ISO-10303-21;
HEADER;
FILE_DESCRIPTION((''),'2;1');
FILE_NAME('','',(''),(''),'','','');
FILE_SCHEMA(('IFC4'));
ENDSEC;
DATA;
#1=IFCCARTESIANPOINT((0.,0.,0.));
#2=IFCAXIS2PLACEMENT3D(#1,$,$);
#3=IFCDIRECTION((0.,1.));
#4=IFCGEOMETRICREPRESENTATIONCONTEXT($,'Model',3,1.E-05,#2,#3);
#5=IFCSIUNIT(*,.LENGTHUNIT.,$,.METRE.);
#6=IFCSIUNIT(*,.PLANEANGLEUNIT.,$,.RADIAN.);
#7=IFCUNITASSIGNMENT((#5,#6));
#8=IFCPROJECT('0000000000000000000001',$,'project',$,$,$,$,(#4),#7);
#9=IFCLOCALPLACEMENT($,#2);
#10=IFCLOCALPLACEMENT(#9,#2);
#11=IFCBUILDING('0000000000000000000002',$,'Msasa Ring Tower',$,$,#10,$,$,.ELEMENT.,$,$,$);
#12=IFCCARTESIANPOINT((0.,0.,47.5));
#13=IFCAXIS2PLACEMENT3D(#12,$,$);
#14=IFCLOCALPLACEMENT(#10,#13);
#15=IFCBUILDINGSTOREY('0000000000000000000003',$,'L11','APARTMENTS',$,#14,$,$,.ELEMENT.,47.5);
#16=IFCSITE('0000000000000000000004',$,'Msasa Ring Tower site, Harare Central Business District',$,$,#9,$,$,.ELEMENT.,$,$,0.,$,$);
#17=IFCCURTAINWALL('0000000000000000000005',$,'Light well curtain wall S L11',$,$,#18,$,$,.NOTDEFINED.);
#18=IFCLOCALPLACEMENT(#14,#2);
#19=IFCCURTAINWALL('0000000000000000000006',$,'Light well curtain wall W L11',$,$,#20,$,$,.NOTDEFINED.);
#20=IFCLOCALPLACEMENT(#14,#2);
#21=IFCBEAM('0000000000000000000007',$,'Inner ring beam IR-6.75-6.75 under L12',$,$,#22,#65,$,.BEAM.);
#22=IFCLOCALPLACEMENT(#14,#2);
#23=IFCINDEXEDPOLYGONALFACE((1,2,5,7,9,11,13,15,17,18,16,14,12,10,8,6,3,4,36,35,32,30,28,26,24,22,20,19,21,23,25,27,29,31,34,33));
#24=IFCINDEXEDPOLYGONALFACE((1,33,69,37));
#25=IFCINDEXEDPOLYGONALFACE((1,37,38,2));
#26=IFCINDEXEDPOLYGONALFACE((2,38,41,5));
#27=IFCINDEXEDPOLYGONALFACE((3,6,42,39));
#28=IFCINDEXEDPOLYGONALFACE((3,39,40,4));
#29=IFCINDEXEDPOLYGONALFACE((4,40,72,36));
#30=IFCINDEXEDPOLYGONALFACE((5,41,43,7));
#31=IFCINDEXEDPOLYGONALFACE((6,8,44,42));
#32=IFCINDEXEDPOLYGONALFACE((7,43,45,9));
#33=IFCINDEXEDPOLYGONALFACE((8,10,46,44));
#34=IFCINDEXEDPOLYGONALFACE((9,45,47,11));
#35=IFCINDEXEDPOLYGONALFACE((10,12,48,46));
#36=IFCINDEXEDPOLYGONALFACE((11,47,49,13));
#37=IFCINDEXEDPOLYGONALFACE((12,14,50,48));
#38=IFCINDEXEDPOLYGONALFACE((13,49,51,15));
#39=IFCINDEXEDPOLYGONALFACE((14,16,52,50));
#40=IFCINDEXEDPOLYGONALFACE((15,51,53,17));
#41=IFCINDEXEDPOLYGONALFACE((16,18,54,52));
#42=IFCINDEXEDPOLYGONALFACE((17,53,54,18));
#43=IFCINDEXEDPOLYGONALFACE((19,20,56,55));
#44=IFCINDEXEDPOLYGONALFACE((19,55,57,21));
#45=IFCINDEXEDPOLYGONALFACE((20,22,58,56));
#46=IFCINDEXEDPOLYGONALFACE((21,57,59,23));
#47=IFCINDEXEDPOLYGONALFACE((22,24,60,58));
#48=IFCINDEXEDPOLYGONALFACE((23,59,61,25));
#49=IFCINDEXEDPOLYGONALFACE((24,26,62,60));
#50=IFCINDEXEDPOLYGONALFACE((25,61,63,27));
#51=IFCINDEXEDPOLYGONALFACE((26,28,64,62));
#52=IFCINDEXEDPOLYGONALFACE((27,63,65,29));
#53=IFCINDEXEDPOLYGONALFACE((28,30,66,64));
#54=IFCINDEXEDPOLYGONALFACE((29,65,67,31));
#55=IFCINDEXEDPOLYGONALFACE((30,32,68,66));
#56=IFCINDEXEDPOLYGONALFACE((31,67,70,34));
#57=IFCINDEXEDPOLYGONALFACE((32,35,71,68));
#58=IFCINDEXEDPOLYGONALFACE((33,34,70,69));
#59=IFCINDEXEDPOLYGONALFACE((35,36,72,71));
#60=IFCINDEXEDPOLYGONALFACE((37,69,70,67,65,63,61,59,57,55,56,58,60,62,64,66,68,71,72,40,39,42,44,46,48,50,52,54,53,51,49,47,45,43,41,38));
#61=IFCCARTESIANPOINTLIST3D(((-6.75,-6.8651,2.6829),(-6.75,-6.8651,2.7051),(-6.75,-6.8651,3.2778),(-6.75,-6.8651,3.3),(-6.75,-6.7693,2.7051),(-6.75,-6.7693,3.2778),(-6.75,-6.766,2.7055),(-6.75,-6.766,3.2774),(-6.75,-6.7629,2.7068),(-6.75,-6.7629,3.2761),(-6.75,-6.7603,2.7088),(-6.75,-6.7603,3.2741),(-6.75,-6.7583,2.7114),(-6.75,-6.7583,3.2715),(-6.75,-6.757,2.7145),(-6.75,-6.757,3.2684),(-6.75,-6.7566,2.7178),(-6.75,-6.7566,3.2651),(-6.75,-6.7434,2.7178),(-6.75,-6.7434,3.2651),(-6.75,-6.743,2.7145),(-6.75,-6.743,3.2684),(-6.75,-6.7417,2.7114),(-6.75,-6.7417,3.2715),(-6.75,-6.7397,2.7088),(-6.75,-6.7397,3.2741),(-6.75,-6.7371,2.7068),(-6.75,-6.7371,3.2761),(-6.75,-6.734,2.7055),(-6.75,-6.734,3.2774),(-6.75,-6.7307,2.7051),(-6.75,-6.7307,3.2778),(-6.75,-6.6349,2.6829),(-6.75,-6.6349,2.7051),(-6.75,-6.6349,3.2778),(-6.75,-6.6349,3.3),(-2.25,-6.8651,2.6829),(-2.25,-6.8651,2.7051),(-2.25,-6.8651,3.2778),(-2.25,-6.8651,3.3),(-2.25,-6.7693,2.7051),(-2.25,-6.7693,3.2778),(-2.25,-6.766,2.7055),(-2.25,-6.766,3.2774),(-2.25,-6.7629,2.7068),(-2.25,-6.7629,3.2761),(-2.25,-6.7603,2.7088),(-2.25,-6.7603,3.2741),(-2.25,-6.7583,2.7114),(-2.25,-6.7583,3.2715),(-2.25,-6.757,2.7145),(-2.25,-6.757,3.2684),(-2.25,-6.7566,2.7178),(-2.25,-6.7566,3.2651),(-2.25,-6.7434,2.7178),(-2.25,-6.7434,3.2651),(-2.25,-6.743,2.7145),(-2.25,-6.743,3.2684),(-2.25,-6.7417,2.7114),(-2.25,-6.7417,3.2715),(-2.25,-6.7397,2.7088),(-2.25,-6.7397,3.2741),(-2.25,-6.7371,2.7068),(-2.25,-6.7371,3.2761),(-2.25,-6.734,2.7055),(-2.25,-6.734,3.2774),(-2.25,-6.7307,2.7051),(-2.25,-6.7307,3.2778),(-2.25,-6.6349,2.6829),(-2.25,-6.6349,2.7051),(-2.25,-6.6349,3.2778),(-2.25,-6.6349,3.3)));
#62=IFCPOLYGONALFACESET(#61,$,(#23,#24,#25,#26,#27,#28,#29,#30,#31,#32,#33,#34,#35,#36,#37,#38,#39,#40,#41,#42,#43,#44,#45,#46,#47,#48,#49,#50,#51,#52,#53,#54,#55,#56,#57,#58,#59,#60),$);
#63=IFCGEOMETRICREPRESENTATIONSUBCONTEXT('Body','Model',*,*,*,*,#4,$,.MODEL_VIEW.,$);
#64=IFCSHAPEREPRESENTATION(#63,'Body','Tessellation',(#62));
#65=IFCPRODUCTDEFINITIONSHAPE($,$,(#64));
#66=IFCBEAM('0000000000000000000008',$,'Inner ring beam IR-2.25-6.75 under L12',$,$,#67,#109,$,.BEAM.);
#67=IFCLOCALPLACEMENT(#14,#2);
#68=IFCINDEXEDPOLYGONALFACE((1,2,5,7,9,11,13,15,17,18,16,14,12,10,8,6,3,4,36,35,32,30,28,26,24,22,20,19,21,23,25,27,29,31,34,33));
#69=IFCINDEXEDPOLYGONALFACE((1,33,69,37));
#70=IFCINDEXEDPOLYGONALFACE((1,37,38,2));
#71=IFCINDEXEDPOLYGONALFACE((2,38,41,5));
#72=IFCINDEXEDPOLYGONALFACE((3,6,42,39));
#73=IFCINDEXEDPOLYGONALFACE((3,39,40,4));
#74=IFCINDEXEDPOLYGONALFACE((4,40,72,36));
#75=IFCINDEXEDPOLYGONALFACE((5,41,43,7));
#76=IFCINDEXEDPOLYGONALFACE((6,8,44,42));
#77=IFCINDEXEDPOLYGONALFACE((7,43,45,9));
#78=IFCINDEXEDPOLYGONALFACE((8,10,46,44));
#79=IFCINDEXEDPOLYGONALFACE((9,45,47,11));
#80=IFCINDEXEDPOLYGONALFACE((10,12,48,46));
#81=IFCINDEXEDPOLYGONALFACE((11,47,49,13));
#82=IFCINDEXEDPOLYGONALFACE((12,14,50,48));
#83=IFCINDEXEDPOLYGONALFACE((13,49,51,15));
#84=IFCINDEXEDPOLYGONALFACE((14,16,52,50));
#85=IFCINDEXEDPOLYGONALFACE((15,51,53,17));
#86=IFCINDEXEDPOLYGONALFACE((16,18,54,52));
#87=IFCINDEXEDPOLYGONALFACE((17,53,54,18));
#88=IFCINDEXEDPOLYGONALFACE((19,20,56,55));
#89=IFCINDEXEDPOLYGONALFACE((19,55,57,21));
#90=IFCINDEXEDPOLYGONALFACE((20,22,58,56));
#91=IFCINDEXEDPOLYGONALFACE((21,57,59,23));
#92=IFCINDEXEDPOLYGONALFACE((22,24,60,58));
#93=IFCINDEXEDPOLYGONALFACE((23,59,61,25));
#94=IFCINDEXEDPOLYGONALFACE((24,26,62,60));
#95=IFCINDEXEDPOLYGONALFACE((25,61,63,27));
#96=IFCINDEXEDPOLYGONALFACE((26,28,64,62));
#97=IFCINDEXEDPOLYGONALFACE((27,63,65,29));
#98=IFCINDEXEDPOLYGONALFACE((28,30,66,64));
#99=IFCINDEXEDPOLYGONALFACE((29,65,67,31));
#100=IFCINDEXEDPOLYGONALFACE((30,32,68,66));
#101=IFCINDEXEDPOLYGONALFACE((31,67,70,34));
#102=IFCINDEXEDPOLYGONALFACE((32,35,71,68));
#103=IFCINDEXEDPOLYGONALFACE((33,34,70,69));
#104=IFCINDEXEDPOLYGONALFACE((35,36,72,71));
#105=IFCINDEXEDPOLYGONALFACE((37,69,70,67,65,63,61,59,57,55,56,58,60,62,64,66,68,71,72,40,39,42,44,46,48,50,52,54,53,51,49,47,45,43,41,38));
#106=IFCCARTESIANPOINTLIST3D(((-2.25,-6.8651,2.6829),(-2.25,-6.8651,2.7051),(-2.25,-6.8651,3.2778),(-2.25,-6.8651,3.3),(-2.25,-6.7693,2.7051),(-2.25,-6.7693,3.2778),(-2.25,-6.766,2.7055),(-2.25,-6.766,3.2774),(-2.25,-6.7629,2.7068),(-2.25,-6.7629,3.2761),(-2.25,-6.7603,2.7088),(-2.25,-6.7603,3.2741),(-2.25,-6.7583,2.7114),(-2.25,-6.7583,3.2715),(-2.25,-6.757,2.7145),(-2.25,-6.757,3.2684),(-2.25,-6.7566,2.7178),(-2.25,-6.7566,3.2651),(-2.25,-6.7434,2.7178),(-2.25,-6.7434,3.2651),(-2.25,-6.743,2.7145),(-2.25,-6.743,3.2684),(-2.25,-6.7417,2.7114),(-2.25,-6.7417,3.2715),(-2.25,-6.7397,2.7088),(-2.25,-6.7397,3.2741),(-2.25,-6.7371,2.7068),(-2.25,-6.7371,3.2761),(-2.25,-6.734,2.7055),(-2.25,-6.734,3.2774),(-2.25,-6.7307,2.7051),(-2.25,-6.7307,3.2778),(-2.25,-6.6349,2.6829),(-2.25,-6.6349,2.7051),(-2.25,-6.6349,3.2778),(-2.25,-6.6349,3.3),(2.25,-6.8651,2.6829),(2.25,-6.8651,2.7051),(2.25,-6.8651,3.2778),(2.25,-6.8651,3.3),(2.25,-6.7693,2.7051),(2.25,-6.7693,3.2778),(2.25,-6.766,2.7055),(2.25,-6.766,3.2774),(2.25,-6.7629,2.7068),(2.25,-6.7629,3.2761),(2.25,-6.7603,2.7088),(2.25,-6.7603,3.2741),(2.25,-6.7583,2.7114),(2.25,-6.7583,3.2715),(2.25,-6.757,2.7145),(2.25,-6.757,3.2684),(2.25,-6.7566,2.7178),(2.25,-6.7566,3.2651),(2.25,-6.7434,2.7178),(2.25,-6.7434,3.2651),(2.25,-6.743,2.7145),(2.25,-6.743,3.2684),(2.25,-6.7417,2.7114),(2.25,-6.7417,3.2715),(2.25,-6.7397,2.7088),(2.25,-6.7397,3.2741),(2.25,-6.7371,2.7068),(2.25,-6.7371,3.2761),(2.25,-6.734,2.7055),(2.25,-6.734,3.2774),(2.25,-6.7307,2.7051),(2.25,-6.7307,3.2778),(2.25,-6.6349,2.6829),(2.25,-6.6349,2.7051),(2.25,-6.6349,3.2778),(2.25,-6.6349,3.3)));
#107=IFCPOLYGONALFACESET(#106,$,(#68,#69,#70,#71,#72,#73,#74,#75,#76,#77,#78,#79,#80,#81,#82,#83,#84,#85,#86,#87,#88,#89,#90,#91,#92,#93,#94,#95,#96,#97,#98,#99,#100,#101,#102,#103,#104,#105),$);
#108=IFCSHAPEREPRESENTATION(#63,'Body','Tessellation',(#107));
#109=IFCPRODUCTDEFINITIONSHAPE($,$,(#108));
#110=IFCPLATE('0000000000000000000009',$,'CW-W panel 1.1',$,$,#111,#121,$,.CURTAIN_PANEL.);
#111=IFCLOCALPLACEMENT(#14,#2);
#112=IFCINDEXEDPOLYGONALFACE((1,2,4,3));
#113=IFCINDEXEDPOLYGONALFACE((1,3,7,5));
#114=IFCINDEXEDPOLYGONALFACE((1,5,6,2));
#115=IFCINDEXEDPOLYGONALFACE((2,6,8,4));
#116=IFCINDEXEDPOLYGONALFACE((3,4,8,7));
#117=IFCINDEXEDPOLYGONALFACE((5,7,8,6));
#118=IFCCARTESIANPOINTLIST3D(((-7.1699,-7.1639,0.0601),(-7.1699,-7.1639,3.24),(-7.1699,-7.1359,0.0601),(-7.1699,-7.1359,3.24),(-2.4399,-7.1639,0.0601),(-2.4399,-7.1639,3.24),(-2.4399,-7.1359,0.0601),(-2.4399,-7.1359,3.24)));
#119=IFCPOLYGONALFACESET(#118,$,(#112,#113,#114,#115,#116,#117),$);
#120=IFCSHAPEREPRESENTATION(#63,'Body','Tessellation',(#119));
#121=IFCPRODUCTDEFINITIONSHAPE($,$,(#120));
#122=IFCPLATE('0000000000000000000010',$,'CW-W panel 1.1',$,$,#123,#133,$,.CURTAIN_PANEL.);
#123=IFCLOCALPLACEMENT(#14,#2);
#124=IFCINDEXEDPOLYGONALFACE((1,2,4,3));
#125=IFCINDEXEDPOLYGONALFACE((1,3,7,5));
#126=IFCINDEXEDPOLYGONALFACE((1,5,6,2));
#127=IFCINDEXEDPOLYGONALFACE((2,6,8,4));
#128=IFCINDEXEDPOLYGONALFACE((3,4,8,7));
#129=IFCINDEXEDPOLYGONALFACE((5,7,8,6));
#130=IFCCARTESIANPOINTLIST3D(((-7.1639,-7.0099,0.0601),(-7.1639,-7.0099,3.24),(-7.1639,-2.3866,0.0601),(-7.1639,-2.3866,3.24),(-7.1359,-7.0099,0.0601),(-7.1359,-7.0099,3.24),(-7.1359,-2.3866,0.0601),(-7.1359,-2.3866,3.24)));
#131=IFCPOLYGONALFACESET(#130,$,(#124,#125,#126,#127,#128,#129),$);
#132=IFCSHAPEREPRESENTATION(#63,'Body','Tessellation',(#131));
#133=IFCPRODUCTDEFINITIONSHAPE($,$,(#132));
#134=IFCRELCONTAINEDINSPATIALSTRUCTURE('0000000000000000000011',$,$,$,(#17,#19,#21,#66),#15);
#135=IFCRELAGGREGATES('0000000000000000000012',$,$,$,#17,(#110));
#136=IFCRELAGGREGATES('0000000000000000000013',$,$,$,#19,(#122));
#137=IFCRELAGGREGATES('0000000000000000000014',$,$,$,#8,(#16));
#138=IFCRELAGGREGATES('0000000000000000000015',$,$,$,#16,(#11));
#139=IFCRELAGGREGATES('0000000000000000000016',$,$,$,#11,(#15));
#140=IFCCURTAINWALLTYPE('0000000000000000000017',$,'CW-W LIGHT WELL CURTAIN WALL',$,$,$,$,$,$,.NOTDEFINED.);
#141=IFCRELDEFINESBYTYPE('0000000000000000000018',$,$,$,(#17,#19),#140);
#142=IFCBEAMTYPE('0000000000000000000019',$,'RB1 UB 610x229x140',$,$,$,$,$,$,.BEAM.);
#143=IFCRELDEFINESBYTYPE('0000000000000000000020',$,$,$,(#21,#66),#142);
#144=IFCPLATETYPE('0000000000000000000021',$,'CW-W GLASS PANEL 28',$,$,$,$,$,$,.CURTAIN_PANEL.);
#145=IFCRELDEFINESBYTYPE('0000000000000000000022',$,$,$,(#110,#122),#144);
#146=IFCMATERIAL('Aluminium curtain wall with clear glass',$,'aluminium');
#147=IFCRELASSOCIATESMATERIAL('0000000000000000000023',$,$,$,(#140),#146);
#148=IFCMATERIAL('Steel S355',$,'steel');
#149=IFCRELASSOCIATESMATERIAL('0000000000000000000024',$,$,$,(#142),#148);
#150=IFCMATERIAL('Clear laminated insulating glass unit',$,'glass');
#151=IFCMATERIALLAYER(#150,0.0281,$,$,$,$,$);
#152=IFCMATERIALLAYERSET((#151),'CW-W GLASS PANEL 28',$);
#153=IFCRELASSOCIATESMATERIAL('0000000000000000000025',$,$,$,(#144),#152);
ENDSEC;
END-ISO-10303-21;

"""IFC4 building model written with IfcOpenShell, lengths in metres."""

from ifc_helpers import new_model, si_unit, direction, frame, origin, origin_2d, place, context, subcontext, project, spatial, rectangle, i_section, extrude, material, layer, layer_set, material_profile, profile_set, type_object, element, aggregate, save


model = new_model("IFC4")

# Units and contexts
model_context = context("Model", 3, precision=1e-05, world=origin(), true_north=direction((0.0, 1.0)))
body_context = subcontext(model_context, "Body", "Model", "MODEL_VIEW")
ifc_project = project(units=[si_unit("LENGTHUNIT", "METRE"), si_unit("PLANEANGLEUNIT", "RADIAN")], contexts=[model_context])

# Site, building, storey
site_placement = place(None, origin())
site = spatial("IfcSite", under=ifc_project, at=site_placement, Name="Msasa Ring Tower site, Harare Central Business District", CompositionType="ELEMENT", RefElevation=0.0)
building_placement = place(site_placement, origin())
building = spatial("IfcBuilding", under=site, at=building_placement, Name="Msasa Ring Tower", CompositionType="ELEMENT")
storey_placement = place(building_placement, frame((0.0, 0.0, 47.5)))
storey = spatial("IfcBuildingStorey", under=building, at=storey_placement, Name="L11", Description="APARTMENTS", CompositionType="ELEMENT", Elevation=47.5)

# Curtain walls
ifc_material_1 = material(Name="Aluminium curtain wall with clear glass", Category="aluminium")
curtain_wall_type = type_object("IfcCurtainWallType", Name="CW-W LIGHT WELL CURTAIN WALL", PredefinedType="NOTDEFINED", material=ifc_material_1)
curtain_wall_1_placement = place(storey_placement, origin())
curtain_wall_1 = element("IfcCurtainWall", 1, at=curtain_wall_1_placement, inside=storey, type_object=curtain_wall_type, Name="Light well curtain wall S L11", PredefinedType="NOTDEFINED")
curtain_wall_2_placement = place(storey_placement, origin())
curtain_wall_2 = element("IfcCurtainWall", 2, at=curtain_wall_2_placement, inside=storey, type_object=curtain_wall_type, Name="Light well curtain wall W L11", PredefinedType="NOTDEFINED")

# Beams
ifc_material_2 = material(Name="Steel S355", Category="steel")
ifc_material_profile_1 = material_profile(ifc_material_2, i_section(OverallWidth=0.2302, OverallDepth=0.6172, WebThickness=0.0132, FlangeThickness=0.0222, FilletRadius=0.0127, at=origin_2d()), Name="UB 610x229x140")
ifc_profile_set_1 = profile_set([ifc_material_profile_1], Name="Steel S355")
beam_type = type_object("IfcBeamType", Name="RB1 UB 610x229x140", PredefinedType="BEAM", material=ifc_profile_set_1)
for number, where, z_axis, x_axis, name in (
    (3, (-6.75, -6.75, 2.9915), (1.0, 0.0, 0.0), (0.0, 1.0, 0.0), "Inner ring beam IR-6.75-6.75 under L12"),
    (4, (-2.25, -6.75, 2.9915), (1.0, 0.0, 0.0), (0.0, 1.0, 0.0), "Inner ring beam IR-2.25-6.75 under L12"),
):
    element("IfcBeam", number, at=place(storey_placement, frame(where, z_axis=z_axis, x_axis=x_axis)), inside=storey, type_object=beam_type, Name=name, PredefinedType="BEAM", context=body_context, shape_type="SweptSolid", body=[
        extrude(i_section(OverallWidth=0.2302, OverallDepth=0.6172, WebThickness=0.0132, FlangeThickness=0.0222, FilletRadius=0.0127, at=origin_2d()), origin(), (0.0, 0.0, 1.0), 4.5),
    ])

# Plates
ifc_material_3 = material(Name="Clear laminated insulating glass unit", Category="glass")
ifc_layer = layer(ifc_material_3, 0.0281)
ifc_layer_set = layer_set([ifc_layer], Name="CW-W GLASS PANEL 28")
plate_type = type_object("IfcPlateType", Name="CW-W GLASS PANEL 28", PredefinedType="CURTAIN_PANEL", material=ifc_layer_set)
plate_1_placement = place(storey_placement, frame((-4.8049, -7.1499, 0.0601), z_axis=(0.0, 0.0, 1.0), x_axis=(1.0, 0.0, 0.0)))
plate_1 = element("IfcPlate", 5, at=plate_1_placement, type_object=plate_type, Name="CW-W panel 1.1", PredefinedType="CURTAIN_PANEL", context=body_context, shape_type="SweptSolid", body=[
    extrude(rectangle(XDim=4.73, YDim=0.0281, at=origin_2d()), origin(), (0.0, 0.0, 1.0), 3.1799),
])
aggregate(curtain_wall_1, [plate_1])
plate_2_placement = place(storey_placement, frame((-7.1499, -4.6982, 0.0601), z_axis=(0.0, 0.0, 1.0), x_axis=(0.0, 1.0, 0.0)))
plate_2 = element("IfcPlate", 6, at=plate_2_placement, type_object=plate_type, Name="CW-W panel 1.1", PredefinedType="CURTAIN_PANEL", context=body_context, shape_type="SweptSolid", body=[
    extrude(rectangle(XDim=4.6233, YDim=0.0281, at=origin_2d()), origin(), (0.0, 0.0, 1.0), 3.1799),
])
aggregate(curtain_wall_2, [plate_2])

save(model, "model.ifc")
